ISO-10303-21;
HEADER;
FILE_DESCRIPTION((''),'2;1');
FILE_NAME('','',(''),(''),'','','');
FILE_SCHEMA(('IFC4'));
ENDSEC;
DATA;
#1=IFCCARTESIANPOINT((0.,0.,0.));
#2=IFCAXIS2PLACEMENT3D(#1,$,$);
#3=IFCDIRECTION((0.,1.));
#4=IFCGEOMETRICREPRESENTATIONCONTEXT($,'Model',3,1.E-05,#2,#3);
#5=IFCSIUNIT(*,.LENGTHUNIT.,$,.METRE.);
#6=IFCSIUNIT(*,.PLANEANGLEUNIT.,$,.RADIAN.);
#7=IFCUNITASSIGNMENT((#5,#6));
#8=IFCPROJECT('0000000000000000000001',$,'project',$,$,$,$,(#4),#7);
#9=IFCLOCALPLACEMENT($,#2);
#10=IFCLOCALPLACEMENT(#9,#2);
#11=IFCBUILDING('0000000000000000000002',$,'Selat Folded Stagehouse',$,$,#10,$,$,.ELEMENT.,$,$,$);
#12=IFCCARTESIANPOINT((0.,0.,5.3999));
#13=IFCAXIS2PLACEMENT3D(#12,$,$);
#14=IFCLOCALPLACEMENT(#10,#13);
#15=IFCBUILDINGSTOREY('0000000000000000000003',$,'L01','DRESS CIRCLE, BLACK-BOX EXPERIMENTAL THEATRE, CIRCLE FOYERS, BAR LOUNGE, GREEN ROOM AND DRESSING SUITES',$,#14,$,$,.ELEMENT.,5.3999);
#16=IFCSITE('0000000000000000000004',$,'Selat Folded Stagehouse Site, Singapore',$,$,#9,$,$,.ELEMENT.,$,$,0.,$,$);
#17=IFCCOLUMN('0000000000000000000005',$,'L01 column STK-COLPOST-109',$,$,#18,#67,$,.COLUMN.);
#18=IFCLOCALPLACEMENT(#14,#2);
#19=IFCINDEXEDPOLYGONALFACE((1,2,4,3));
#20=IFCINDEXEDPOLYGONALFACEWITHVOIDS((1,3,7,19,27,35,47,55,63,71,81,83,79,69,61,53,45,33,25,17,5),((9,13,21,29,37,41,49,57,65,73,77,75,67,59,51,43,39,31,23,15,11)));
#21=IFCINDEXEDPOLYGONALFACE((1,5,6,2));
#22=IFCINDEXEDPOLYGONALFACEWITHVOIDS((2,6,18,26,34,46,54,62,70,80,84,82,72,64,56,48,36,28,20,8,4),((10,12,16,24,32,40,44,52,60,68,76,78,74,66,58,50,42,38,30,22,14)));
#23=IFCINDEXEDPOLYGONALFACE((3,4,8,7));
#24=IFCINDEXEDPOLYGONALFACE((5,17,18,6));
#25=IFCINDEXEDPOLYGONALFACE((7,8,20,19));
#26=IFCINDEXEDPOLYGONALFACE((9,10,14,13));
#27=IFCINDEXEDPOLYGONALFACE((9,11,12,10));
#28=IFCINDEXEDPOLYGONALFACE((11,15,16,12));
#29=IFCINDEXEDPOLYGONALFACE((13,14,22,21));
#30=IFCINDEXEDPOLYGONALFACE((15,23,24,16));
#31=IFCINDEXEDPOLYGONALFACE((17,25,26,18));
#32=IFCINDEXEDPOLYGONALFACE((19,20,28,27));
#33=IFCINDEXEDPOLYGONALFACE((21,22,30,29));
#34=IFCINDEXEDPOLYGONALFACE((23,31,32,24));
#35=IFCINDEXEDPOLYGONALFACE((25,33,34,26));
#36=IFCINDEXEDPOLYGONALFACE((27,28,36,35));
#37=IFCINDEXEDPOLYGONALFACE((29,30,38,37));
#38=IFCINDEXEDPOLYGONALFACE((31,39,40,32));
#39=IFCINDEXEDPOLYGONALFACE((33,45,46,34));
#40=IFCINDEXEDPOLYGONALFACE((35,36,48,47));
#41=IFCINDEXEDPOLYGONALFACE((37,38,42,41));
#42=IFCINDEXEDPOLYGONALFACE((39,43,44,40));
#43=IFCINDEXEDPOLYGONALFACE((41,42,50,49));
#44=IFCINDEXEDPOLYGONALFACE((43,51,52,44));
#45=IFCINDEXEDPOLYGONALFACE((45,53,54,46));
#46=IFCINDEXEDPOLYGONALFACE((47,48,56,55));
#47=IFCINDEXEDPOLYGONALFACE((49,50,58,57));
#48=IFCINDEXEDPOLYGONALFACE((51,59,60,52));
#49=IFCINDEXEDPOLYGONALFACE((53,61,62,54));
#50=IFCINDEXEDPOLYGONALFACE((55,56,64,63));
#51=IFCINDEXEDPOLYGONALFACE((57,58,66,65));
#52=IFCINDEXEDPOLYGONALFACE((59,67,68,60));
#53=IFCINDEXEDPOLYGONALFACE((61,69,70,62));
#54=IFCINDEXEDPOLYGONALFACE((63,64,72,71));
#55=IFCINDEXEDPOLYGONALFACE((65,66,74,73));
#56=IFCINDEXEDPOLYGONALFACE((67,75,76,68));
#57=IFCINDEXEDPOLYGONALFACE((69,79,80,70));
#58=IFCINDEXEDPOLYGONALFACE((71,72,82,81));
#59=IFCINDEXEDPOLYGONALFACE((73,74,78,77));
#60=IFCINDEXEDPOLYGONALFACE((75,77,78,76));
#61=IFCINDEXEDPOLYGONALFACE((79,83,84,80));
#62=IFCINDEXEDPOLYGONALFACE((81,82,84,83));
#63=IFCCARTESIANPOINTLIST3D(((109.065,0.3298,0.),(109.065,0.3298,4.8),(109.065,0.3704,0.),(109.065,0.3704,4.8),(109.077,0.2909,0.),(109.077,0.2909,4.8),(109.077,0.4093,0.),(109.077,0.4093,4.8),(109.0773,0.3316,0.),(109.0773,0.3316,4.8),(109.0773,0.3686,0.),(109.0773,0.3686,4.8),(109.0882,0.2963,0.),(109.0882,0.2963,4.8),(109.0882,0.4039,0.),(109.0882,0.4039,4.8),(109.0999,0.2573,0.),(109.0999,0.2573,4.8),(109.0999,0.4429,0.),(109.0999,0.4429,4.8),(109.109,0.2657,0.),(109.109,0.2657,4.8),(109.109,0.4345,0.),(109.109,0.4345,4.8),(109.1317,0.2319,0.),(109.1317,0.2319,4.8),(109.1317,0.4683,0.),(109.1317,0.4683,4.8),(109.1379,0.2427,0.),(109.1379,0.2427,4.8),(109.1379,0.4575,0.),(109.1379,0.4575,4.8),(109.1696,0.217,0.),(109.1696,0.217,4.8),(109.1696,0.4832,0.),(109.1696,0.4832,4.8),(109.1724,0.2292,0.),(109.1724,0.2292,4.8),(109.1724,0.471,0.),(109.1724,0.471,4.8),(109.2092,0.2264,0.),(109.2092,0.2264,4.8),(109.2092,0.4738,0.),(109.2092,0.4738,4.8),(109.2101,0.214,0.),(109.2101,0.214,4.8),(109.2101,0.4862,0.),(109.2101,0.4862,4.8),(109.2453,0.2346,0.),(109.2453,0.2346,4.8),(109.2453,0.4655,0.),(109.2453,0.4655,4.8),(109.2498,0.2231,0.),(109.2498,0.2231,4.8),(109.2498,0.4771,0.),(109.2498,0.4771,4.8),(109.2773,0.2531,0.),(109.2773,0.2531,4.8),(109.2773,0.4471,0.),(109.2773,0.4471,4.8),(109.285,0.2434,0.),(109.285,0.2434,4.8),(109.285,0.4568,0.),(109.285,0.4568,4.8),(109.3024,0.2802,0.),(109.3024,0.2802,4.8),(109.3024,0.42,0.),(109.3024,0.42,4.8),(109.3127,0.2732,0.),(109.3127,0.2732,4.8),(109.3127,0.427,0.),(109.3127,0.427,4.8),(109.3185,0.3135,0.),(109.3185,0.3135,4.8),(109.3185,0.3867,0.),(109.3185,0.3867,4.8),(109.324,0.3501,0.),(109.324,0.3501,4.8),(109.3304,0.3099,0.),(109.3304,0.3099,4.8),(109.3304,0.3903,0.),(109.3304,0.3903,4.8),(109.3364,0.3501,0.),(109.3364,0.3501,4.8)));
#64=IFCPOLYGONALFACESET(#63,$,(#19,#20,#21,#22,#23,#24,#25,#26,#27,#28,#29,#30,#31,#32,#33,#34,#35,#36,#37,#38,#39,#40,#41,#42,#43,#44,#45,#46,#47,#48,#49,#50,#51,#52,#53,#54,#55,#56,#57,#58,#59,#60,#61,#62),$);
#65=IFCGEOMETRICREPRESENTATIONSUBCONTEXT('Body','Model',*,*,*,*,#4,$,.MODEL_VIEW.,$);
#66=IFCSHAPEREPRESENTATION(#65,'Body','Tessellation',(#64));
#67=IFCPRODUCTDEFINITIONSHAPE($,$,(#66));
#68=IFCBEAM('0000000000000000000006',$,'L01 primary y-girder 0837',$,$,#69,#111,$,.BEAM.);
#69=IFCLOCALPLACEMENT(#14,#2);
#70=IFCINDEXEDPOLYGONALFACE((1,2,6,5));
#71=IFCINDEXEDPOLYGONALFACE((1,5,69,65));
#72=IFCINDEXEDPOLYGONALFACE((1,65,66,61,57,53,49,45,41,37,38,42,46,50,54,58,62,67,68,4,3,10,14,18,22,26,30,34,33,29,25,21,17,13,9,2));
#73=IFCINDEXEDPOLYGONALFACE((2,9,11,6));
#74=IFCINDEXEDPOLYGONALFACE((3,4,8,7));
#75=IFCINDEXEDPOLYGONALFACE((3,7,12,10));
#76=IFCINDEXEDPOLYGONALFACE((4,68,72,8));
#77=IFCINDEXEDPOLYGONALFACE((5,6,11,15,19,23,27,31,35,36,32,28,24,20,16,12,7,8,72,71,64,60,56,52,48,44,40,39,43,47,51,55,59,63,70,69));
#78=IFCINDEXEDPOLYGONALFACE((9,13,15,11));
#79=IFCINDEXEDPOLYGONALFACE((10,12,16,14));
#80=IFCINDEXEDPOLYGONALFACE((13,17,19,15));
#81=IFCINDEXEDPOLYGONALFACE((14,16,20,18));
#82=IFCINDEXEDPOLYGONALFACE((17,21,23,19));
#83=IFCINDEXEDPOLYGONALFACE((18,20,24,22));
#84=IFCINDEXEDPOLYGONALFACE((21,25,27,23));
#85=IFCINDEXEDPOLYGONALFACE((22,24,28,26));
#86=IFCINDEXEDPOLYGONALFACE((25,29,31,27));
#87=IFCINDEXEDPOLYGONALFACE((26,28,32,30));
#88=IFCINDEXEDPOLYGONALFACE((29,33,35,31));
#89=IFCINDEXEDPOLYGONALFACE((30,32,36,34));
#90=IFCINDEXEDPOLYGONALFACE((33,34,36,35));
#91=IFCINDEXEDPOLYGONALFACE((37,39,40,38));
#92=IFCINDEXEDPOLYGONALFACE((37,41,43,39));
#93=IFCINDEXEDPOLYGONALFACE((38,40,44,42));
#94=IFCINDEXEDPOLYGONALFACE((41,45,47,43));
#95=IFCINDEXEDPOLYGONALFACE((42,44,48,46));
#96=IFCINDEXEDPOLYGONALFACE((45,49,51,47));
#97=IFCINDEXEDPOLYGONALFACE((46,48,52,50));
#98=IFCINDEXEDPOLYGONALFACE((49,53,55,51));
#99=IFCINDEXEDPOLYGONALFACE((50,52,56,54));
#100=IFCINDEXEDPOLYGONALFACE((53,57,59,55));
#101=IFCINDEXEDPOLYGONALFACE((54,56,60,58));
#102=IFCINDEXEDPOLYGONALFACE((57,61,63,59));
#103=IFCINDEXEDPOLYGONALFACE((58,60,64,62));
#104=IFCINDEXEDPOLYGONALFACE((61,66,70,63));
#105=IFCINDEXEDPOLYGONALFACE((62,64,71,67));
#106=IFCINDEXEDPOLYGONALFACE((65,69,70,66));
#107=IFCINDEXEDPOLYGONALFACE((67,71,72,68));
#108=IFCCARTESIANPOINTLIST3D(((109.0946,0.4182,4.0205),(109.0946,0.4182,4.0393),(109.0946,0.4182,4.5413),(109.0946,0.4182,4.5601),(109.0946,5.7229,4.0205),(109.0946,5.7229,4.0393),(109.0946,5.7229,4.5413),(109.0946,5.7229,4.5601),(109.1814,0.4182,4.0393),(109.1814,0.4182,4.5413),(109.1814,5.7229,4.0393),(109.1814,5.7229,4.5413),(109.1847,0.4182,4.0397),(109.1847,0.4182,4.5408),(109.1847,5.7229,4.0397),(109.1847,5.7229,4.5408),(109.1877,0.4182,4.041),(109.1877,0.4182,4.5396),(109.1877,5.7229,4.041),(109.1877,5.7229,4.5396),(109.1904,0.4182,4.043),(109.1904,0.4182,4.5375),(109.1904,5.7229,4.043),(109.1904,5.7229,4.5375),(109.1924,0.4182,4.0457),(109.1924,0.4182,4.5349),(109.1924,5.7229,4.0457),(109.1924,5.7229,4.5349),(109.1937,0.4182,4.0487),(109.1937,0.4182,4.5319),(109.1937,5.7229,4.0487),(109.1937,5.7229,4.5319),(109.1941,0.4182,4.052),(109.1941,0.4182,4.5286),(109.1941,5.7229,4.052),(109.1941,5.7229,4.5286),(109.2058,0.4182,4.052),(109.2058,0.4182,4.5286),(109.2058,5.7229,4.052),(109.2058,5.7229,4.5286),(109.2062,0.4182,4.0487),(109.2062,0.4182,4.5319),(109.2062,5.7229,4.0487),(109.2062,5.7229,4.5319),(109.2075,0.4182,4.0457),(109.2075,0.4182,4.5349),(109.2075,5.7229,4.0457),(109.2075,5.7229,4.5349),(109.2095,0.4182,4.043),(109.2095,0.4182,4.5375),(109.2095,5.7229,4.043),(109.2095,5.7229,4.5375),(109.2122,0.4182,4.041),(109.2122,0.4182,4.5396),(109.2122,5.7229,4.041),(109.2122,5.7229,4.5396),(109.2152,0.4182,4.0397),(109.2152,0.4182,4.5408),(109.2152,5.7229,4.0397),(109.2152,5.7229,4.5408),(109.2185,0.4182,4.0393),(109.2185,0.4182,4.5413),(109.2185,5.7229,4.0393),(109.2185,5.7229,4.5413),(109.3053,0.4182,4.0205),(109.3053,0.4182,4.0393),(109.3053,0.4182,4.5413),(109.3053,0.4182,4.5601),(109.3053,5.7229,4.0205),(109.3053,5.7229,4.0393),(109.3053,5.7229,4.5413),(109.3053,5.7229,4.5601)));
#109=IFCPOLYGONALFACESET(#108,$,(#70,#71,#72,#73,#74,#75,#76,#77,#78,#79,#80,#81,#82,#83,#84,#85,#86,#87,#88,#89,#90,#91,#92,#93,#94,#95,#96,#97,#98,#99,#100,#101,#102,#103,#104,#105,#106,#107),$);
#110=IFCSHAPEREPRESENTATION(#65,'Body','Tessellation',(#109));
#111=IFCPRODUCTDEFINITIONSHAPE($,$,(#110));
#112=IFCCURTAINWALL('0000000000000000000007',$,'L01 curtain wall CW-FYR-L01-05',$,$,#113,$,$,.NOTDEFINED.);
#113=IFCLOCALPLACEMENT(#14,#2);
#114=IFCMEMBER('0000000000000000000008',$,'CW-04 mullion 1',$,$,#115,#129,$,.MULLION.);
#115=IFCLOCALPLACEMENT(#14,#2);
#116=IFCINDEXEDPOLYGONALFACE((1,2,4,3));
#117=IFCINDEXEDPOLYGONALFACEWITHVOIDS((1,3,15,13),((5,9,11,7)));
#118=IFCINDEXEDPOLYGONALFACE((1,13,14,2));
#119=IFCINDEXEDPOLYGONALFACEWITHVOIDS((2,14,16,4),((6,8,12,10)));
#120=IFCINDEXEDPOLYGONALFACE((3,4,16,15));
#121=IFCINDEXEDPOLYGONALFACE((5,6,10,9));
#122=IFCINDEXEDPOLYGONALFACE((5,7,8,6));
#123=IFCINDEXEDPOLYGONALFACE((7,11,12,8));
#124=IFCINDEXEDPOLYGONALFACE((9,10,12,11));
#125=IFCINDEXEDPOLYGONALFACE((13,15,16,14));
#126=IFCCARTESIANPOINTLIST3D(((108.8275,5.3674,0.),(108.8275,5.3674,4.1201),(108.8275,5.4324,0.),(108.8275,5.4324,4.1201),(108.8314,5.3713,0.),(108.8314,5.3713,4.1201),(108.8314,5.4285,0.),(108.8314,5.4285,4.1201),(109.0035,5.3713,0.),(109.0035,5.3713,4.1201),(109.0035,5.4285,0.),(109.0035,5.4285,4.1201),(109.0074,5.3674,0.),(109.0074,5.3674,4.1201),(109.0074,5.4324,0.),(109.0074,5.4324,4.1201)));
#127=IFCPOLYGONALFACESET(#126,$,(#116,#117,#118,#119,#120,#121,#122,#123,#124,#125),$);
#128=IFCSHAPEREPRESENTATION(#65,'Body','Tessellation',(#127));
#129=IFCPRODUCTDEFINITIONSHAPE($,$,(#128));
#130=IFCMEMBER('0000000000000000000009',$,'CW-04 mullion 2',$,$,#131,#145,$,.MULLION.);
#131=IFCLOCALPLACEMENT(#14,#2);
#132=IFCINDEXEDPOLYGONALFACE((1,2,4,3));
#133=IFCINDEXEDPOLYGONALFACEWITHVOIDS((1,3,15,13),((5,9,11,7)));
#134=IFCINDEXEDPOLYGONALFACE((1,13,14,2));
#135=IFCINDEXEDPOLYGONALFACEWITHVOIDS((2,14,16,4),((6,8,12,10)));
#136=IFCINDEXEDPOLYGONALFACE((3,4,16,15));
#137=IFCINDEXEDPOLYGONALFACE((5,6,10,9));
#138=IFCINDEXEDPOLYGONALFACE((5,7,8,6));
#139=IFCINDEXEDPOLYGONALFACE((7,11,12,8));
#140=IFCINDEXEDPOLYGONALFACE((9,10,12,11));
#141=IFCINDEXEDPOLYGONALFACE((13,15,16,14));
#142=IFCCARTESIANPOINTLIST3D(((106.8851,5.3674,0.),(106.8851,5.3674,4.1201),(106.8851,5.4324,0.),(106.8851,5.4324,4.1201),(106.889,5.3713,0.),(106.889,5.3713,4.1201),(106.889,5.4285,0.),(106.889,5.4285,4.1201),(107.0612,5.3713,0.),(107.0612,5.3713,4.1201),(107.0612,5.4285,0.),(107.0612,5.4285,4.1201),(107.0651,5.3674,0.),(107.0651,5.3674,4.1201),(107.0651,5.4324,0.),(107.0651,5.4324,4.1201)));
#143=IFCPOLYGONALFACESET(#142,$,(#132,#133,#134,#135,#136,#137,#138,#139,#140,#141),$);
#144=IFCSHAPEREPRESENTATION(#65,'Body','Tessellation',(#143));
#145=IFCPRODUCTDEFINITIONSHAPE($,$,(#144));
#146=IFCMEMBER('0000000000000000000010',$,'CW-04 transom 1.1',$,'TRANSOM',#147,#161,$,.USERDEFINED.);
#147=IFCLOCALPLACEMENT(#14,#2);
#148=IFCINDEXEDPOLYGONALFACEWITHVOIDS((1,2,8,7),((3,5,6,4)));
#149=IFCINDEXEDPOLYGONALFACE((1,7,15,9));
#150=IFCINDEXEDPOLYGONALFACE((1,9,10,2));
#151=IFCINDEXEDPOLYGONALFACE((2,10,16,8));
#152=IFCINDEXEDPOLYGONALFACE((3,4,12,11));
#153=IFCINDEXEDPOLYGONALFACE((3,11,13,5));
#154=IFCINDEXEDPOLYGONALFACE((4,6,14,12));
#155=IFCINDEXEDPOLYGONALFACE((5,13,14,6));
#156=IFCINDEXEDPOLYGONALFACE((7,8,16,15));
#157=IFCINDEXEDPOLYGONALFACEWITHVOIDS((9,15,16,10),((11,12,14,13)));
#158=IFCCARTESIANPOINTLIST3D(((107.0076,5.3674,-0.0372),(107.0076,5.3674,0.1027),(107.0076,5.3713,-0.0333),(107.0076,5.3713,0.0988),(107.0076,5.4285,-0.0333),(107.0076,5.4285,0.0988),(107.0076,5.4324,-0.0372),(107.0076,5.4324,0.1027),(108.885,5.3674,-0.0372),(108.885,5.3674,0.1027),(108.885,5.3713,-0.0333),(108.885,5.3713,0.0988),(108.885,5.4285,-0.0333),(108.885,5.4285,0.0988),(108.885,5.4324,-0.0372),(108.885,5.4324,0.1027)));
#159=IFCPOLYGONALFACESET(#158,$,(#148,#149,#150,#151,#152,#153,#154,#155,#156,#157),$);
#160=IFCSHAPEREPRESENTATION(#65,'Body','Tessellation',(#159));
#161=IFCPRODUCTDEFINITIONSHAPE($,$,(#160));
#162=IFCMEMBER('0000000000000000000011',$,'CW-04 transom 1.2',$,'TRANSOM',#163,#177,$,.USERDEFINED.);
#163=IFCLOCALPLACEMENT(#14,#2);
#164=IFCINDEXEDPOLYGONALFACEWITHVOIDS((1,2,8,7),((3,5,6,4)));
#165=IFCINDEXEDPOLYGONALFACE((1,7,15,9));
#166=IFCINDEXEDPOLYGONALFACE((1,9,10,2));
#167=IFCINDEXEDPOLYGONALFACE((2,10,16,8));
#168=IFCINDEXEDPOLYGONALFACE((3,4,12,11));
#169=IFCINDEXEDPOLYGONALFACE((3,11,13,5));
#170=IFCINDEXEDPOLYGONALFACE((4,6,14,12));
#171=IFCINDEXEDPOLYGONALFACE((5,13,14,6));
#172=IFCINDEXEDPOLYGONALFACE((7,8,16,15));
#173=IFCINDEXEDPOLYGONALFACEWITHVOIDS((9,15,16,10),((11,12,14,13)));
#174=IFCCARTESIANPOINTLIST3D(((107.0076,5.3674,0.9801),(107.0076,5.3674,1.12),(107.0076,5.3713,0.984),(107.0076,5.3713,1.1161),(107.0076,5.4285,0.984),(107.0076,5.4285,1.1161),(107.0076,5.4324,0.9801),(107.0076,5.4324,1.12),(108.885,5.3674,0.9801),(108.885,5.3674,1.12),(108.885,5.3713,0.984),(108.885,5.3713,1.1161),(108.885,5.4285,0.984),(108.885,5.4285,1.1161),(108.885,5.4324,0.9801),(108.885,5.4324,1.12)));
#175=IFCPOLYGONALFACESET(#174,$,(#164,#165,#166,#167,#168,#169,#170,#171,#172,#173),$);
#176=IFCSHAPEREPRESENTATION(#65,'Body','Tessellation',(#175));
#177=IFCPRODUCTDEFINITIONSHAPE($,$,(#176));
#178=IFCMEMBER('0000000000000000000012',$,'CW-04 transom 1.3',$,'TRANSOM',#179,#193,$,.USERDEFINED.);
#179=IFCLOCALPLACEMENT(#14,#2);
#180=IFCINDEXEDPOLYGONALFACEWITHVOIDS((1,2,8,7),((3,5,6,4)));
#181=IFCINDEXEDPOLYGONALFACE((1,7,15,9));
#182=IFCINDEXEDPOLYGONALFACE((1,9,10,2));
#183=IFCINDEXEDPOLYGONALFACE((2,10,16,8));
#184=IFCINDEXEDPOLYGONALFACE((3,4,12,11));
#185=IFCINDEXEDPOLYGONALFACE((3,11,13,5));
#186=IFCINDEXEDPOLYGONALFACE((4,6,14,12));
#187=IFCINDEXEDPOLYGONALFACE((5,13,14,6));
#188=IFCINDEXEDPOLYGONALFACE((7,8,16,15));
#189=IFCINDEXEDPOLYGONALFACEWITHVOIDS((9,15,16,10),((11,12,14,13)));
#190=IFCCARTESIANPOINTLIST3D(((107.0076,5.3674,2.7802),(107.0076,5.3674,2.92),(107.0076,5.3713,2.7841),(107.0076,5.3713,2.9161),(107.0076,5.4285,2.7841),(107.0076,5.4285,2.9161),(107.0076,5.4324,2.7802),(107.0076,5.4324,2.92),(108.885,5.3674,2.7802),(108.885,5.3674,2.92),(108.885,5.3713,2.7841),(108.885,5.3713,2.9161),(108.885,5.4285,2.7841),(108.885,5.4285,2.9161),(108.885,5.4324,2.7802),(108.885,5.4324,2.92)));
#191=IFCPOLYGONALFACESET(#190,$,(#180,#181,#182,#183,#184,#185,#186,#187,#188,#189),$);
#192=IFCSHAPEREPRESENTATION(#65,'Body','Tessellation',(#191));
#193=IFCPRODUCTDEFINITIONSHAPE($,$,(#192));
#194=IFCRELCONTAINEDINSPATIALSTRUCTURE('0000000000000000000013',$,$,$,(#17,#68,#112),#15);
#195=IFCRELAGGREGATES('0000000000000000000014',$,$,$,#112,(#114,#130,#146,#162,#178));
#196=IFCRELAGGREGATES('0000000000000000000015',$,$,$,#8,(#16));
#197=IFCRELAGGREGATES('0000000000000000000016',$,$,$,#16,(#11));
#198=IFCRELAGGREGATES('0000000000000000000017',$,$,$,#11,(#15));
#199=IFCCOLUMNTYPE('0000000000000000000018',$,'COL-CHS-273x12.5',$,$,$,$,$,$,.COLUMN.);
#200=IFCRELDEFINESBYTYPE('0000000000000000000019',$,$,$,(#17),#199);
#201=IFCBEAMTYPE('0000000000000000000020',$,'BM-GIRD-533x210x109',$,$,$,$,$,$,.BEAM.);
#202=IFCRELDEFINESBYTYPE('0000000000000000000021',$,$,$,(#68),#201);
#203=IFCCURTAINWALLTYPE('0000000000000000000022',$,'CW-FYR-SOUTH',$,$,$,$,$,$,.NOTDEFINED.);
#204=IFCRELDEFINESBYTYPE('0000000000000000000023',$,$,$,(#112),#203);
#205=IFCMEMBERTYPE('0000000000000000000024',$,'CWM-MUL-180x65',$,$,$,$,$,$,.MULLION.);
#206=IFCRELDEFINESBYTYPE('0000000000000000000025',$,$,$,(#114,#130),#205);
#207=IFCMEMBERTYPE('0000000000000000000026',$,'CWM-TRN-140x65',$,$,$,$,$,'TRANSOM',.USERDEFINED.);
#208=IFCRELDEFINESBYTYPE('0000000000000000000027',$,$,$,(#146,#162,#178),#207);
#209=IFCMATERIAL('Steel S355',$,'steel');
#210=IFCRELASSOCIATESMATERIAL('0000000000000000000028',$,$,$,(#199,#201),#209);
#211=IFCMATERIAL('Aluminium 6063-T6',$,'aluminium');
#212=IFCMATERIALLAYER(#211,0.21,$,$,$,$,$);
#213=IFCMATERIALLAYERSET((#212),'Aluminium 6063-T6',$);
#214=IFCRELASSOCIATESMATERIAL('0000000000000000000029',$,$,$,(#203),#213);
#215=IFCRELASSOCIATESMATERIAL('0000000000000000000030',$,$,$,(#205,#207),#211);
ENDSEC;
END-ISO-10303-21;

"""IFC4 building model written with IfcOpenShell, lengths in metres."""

from ifc_helpers import new_model, si_unit, direction, frame, origin, origin_2d, place, context, subcontext, project, spatial, hollow_rectangle, hollow_circle, i_section, extrude, material, layer, layer_set, material_profile, profile_set, type_object, element, aggregate, save


model = new_model("IFC4")

# Units and contexts
model_context = context("Model", 3, precision=1e-05, world=origin(), true_north=direction((0.0, 1.0)))
body_context = subcontext(model_context, "Body", "Model", "MODEL_VIEW")
ifc_project = project(units=[si_unit("LENGTHUNIT", "METRE"), si_unit("PLANEANGLEUNIT", "RADIAN")], contexts=[model_context])

# Site, building, storey
site_placement = place(None, origin())
site = spatial("IfcSite", under=ifc_project, at=site_placement, Name="Selat Folded Stagehouse Site, Singapore", CompositionType="ELEMENT", RefElevation=0.0)
building_placement = place(site_placement, origin())
building = spatial("IfcBuilding", under=site, at=building_placement, Name="Selat Folded Stagehouse", CompositionType="ELEMENT")
storey_placement = place(building_placement, frame((0.0, 0.0, 5.3999)))
storey = spatial("IfcBuildingStorey", under=building, at=storey_placement, Name="L01", Description="DRESS CIRCLE, BLACK-BOX EXPERIMENTAL THEATRE, CIRCLE FOYERS, BAR LOUNGE, GREEN ROOM AND DRESSING SUITES", CompositionType="ELEMENT", Elevation=5.3999)

# Column
ifc_material_1 = material(Name="Steel S355", Category="steel")
ifc_material_profile_1 = material_profile(ifc_material_1, hollow_circle(Radius=0.1365, WallThickness=0.0125, at=origin_2d()), Name="CHS 273.0x12.5")
ifc_profile_set_1 = profile_set([ifc_material_profile_1], Name="Steel S355")
column_type = type_object("IfcColumnType", Name="COL-CHS-273x12.5", PredefinedType="COLUMN", material=ifc_profile_set_1)
column_placement = place(storey_placement, frame((109.2, 0.3501, 0.0), z_axis=(0.0, 0.0, 1.0), x_axis=(1.0, 0.0, 0.0)))
element("IfcColumn", 1, at=column_placement, inside=storey, type_object=column_type, Name="L01 column STK-COLPOST-109", PredefinedType="COLUMN", context=body_context, shape_type="SweptSolid", body=[
    extrude(hollow_circle(Radius=0.1365, WallThickness=0.0125, at=origin_2d()), origin(), (0.0, 0.0, 1.0), 4.8),
])

# Beam
ifc_material_profile_2 = material_profile(ifc_material_1, i_section(OverallWidth=0.2107, OverallDepth=0.5396, WebThickness=0.0117, FlangeThickness=0.0188, FilletRadius=0.0127, at=origin_2d()), Name="UKB 533x210x109")
ifc_profile_set_2 = profile_set([ifc_material_profile_2], Name="Steel S355")
beam_type_1 = type_object("IfcBeamType", Name="BM-GIRD-533x210x109", PredefinedType="BEAM", material=ifc_profile_set_2)
beam_1_placement = place(storey_placement, frame((109.2, 0.4182, 4.2903), z_axis=(0.0, 1.0, 0.0), x_axis=(-1.0, 0.0, 0.0)))
element("IfcBeam", 2, at=beam_1_placement, inside=storey, type_object=beam_type_1, Name="L01 primary y-girder 0837", PredefinedType="BEAM", context=body_context, shape_type="SweptSolid", body=[
    extrude(i_section(OverallWidth=0.2107, OverallDepth=0.5396, WebThickness=0.0117, FlangeThickness=0.0188, FilletRadius=0.0127, at=origin_2d()), origin(), (0.0, 0.0, 1.0), 5.3047),
])

# Curtain wall, members
ifc_material_2 = material(Name="Aluminium 6063-T6", Category="aluminium")
ifc_layer_1 = layer(ifc_material_2, 0.21)
ifc_layer_set_1 = layer_set([ifc_layer_1], Name="Aluminium 6063-T6")
curtain_wall_type = type_object("IfcCurtainWallType", Name="CW-FYR-SOUTH", PredefinedType="NOTDEFINED", material=ifc_layer_set_1)
curtain_wall_placement = place(storey_placement, origin())
curtain_wall = element("IfcCurtainWall", 3, at=curtain_wall_placement, inside=storey, type_object=curtain_wall_type, Name="L01 curtain wall CW-FYR-L01-05", PredefinedType="NOTDEFINED")
ifc_material_profile_3 = material_profile(ifc_material_2, hollow_rectangle(XDim=0.0649, YDim=0.1799, WallThickness=0.0039, at=origin_2d()), Name="ALU 180x65x4.0")
ifc_profile_set_3 = profile_set([ifc_material_profile_3], Name="Aluminium 6063-T6")
member_type_1 = type_object("IfcMemberType", Name="CWM-MUL-180x65", PredefinedType="MULLION", material=ifc_profile_set_3)
member_1_placement = place(storey_placement, frame((108.9175, 5.3999, 0.0), z_axis=(0.0, 0.0, 1.0), x_axis=(0.0, -1.0, 0.0)))
member_1 = element("IfcMember", 4, at=member_1_placement, type_object=member_type_1, Name="CW-04 mullion 1", PredefinedType="MULLION", context=body_context, shape_type="SweptSolid", body=[
    extrude(hollow_rectangle(XDim=0.0649, YDim=0.1799, WallThickness=0.0039, at=origin_2d()), origin(), (0.0, 0.0, 1.0), 4.1201),
])
member_2_placement = place(storey_placement, frame((106.9751, 5.3999, 0.0), z_axis=(0.0, 0.0, 1.0), x_axis=(0.0, -1.0, 0.0)))
member_2 = element("IfcMember", 5, at=member_2_placement, type_object=member_type_1, Name="CW-04 mullion 2", PredefinedType="MULLION", context=body_context, shape_type="SweptSolid", body=[
    extrude(hollow_rectangle(XDim=0.0649, YDim=0.1799, WallThickness=0.0039, at=origin_2d()), origin(), (0.0, 0.0, 1.0), 4.1201),
])
ifc_material_profile_4 = material_profile(ifc_material_2, hollow_rectangle(XDim=0.0649, YDim=0.1399, WallThickness=0.0039, at=origin_2d()), Name="ALU 140x65x4.0")
ifc_profile_set_4 = profile_set([ifc_material_profile_4], Name="Aluminium 6063-T6")
member_type_2 = type_object("IfcMemberType", Name="CWM-TRN-140x65", ElementType="TRANSOM", PredefinedType="USERDEFINED", material=ifc_profile_set_4)
member_3_placement = place(storey_placement, frame((108.885, 5.3999, 0.0327), z_axis=(-1.0, 0.0, 0.0), x_axis=(0.0, -1.0, 0.0)))
member_3 = element("IfcMember", 6, at=member_3_placement, type_object=member_type_2, Name="CW-04 transom 1.1", ObjectType="TRANSOM", PredefinedType="USERDEFINED", context=body_context, shape_type="SweptSolid", body=[
    extrude(hollow_rectangle(XDim=0.0649, YDim=0.1399, WallThickness=0.0039, at=origin_2d()), origin(), (0.0, 0.0, 1.0), 1.8774),
])
member_4_placement = place(storey_placement, frame((108.885, 5.3999, 1.05), z_axis=(-1.0, 0.0, 0.0), x_axis=(0.0, -1.0, 0.0)))
member_4 = element("IfcMember", 7, at=member_4_placement, type_object=member_type_2, Name="CW-04 transom 1.2", ObjectType="TRANSOM", PredefinedType="USERDEFINED", context=body_context, shape_type="SweptSolid", body=[
    extrude(hollow_rectangle(XDim=0.0649, YDim=0.1399, WallThickness=0.0039, at=origin_2d()), origin(), (0.0, 0.0, 1.0), 1.8774),
])
member_5_placement = place(storey_placement, frame((108.885, 5.3999, 2.8501), z_axis=(-1.0, 0.0, 0.0), x_axis=(0.0, -1.0, 0.0)))
member_5 = element("IfcMember", 8, at=member_5_placement, type_object=member_type_2, Name="CW-04 transom 1.3", ObjectType="TRANSOM", PredefinedType="USERDEFINED", context=body_context, shape_type="SweptSolid", body=[
    extrude(hollow_rectangle(XDim=0.0649, YDim=0.1399, WallThickness=0.0039, at=origin_2d()), origin(), (0.0, 0.0, 1.0), 1.8774),
])

aggregate(curtain_wall, [member_1, member_2, member_3, member_4, member_5])

save(model, "model.ifc")
